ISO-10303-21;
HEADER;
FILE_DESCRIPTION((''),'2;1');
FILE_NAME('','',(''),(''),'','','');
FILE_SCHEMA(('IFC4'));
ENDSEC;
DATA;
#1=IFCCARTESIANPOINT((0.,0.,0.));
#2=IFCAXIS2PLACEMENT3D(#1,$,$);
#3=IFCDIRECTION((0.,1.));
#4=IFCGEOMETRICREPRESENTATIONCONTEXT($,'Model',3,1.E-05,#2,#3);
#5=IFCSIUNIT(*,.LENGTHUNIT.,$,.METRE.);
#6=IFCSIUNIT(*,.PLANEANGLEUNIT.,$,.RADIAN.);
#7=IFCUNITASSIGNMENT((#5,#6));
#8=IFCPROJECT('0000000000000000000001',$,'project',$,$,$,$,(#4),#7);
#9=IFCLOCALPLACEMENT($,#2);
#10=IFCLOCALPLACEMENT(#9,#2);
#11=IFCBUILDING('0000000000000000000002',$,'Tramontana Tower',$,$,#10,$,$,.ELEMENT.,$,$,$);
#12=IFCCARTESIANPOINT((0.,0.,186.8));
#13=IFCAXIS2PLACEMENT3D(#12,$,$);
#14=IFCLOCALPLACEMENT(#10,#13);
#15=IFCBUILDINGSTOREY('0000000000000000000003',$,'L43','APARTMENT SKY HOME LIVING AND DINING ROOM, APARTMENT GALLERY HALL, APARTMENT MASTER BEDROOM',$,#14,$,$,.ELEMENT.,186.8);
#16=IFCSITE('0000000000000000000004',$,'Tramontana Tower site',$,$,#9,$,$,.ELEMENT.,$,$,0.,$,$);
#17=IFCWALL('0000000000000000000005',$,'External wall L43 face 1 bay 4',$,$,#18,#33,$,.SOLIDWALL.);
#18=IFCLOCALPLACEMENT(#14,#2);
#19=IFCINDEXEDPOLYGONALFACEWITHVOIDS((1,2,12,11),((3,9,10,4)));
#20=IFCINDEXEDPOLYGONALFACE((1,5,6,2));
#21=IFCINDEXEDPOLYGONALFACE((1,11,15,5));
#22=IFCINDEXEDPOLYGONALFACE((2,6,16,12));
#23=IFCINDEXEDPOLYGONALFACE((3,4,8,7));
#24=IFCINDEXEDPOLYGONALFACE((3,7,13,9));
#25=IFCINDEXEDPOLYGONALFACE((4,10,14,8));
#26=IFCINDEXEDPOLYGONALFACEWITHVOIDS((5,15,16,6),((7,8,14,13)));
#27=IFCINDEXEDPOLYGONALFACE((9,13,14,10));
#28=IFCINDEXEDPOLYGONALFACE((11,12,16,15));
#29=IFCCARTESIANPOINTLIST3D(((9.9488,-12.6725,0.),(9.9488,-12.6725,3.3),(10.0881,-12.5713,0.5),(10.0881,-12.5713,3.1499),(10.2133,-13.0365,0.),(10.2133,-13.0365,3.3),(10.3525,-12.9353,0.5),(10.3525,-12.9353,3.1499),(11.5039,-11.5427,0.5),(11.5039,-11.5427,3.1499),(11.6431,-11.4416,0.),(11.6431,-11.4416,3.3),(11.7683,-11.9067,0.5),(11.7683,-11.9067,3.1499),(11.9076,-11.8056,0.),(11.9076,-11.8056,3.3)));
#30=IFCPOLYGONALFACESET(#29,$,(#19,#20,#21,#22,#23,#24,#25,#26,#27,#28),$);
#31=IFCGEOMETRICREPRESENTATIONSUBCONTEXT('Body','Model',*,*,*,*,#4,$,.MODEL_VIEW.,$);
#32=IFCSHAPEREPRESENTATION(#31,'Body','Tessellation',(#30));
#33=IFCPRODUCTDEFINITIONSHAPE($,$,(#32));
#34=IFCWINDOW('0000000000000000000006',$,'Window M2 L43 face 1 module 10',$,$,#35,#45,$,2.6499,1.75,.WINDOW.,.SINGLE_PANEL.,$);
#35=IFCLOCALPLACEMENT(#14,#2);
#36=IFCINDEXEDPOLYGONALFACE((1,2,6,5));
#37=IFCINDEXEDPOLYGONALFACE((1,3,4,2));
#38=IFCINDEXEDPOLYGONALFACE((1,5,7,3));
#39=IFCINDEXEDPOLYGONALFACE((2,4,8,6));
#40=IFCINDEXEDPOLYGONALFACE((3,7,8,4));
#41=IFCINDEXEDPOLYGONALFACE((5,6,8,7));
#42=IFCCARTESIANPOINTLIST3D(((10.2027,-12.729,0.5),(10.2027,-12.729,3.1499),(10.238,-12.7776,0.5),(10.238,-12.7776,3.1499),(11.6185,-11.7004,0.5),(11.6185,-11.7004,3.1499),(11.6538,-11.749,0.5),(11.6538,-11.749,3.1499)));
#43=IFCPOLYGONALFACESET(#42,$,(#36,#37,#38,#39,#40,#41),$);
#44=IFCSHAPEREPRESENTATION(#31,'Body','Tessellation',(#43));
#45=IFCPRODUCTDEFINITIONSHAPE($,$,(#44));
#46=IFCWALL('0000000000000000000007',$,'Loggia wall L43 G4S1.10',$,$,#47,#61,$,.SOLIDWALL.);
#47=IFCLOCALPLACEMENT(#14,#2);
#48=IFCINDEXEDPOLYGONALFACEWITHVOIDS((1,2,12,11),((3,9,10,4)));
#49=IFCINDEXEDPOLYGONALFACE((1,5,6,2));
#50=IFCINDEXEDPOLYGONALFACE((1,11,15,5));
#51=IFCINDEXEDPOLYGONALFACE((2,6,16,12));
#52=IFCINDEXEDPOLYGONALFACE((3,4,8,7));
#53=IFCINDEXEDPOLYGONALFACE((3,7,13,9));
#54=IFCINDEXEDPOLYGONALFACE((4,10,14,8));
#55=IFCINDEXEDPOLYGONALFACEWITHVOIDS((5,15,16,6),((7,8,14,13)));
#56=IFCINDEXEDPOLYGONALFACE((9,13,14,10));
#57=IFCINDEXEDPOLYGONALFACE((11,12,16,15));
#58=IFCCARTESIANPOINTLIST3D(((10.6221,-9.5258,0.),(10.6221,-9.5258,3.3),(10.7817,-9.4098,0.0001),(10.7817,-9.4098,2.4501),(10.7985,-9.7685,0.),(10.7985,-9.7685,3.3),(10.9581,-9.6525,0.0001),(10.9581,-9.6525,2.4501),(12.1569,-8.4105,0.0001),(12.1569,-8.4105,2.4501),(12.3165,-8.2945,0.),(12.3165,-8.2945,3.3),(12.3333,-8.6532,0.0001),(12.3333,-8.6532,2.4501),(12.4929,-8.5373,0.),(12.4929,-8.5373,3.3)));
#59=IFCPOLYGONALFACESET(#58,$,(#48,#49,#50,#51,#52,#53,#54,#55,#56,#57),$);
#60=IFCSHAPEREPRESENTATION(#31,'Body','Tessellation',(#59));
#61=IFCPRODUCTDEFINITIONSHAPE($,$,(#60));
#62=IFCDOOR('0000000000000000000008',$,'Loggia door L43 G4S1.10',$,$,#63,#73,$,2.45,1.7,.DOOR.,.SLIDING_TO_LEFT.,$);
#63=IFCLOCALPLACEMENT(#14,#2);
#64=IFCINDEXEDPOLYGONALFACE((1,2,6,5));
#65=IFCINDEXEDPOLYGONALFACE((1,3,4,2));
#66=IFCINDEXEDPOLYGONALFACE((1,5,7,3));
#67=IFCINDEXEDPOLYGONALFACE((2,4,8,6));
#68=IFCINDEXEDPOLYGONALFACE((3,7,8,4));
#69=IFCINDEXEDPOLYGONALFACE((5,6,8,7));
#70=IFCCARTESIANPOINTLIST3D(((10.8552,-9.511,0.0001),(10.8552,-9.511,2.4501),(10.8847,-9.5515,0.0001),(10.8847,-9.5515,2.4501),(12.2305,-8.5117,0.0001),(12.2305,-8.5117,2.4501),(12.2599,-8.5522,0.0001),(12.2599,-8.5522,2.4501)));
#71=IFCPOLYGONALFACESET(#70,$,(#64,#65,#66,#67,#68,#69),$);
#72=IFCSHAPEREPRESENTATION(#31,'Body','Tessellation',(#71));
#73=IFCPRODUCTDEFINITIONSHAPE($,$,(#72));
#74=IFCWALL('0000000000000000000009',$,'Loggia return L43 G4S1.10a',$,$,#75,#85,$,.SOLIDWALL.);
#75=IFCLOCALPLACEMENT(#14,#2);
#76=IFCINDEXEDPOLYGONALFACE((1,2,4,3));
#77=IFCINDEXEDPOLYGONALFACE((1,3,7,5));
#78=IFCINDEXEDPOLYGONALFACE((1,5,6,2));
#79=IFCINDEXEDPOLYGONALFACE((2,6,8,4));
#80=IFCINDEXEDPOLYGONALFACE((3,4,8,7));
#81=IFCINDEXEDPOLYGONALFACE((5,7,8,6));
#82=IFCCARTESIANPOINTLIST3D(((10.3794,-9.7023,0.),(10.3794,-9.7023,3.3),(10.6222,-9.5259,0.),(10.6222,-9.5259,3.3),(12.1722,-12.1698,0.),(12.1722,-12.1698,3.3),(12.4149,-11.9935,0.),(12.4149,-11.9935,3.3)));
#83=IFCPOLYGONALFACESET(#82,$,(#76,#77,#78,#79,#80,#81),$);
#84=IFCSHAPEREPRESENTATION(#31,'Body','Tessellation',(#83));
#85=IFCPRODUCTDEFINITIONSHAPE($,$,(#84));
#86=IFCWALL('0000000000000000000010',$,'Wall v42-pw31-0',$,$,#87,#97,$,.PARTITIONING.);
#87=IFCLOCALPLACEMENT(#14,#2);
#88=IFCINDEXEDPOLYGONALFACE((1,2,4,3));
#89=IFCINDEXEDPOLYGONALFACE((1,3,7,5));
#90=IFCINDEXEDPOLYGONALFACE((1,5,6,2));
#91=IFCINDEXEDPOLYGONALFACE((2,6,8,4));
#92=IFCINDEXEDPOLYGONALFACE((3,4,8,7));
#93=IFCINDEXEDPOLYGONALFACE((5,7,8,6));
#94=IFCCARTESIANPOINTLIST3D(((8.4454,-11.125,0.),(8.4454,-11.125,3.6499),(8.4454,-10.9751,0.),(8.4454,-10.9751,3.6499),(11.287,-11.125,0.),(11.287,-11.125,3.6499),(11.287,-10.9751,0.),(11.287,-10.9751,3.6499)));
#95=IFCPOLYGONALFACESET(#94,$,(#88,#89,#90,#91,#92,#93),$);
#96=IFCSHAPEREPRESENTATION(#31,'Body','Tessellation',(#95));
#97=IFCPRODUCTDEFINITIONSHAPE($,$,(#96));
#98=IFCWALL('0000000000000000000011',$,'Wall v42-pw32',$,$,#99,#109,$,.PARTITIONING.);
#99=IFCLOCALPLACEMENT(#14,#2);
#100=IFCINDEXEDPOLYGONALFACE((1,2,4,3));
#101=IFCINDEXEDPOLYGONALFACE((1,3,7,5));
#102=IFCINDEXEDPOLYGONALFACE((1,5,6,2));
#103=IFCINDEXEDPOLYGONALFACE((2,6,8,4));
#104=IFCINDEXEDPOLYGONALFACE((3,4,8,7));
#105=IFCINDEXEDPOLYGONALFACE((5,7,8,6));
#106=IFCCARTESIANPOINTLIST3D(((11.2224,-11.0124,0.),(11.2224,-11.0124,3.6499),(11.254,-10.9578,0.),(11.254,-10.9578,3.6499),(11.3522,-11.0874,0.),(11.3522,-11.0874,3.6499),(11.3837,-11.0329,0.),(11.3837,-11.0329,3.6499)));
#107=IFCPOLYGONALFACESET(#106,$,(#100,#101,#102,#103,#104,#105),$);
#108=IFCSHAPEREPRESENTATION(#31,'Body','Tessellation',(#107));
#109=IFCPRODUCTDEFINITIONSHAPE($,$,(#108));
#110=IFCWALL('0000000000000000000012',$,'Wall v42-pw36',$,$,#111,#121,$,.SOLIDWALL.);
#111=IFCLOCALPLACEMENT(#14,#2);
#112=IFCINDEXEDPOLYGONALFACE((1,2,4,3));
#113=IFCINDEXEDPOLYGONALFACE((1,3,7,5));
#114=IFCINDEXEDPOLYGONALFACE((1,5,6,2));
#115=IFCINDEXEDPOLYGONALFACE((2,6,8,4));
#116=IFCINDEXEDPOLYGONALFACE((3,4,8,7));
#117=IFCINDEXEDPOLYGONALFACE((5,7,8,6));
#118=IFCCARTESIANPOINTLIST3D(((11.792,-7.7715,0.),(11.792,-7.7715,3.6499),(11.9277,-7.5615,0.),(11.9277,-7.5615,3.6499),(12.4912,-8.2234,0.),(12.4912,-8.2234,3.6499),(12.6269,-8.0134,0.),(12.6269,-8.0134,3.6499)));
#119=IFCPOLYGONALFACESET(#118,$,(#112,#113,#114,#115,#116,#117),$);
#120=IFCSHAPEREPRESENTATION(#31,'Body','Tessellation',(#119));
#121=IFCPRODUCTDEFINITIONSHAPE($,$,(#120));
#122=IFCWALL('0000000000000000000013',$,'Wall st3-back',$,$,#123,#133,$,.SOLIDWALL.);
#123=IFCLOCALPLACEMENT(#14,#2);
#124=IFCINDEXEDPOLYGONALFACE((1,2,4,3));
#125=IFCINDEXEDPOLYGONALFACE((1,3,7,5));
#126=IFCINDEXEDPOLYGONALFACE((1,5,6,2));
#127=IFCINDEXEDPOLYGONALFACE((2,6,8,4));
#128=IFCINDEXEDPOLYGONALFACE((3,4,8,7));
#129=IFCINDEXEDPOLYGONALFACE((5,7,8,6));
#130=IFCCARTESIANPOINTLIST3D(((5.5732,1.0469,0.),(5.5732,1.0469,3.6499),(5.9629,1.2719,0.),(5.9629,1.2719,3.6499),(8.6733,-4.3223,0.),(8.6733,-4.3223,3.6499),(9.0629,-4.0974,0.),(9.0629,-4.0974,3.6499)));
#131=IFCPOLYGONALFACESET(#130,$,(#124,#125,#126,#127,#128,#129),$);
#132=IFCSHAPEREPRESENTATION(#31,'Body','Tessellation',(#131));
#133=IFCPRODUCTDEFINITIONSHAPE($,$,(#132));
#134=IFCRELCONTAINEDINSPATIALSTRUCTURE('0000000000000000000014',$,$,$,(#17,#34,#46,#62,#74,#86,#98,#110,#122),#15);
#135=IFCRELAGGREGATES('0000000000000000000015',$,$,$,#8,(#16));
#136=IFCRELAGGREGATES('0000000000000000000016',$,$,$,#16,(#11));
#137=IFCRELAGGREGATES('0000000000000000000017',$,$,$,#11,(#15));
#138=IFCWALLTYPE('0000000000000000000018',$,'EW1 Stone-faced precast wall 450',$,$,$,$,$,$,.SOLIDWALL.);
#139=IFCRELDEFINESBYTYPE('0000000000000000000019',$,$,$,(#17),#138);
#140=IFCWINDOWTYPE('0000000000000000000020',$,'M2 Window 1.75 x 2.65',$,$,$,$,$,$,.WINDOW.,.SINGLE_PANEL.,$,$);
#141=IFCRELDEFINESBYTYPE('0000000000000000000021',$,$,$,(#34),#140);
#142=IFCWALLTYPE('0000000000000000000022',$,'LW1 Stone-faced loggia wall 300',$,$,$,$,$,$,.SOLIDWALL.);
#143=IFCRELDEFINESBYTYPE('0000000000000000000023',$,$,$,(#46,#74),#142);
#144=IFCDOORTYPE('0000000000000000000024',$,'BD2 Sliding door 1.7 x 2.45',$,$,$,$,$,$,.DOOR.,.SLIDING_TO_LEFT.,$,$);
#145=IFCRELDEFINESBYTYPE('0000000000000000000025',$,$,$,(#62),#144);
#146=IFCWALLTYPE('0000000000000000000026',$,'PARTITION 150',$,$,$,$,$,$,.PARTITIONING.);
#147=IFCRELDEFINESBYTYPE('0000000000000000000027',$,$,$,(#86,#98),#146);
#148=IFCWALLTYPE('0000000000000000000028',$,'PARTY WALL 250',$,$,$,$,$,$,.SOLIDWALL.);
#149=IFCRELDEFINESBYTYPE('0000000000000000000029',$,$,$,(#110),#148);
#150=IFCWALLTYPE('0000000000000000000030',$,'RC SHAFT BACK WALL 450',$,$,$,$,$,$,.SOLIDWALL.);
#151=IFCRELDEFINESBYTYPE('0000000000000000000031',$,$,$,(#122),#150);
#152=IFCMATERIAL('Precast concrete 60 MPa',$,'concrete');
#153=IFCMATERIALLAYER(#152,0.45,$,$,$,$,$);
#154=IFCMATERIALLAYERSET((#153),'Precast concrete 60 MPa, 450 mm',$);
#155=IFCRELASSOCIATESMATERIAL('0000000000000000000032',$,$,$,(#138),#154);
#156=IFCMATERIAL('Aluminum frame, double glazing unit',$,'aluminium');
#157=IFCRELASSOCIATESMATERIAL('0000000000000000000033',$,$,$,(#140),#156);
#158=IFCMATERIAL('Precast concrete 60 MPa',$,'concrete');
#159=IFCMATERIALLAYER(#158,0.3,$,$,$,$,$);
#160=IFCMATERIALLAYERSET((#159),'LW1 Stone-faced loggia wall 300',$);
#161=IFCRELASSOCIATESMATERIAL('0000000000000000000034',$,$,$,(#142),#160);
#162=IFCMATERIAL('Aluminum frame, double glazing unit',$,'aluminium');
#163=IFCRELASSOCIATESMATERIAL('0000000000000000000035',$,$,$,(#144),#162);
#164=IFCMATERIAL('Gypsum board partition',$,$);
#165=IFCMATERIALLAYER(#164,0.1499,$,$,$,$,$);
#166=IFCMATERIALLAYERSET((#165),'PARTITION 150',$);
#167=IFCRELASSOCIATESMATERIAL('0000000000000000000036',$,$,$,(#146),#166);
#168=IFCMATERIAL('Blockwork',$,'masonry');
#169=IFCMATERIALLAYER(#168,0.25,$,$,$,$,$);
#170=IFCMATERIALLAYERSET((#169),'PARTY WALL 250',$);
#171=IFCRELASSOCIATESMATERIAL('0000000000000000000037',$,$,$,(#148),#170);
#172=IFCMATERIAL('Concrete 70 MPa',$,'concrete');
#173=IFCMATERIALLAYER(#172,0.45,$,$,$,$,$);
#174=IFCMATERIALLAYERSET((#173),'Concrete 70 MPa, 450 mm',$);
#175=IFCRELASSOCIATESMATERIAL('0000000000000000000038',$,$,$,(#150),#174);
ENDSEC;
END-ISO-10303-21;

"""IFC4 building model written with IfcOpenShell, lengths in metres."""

from ifc_helpers import new_model, si_unit, direction, frame, frame_2d, origin, place, context, subcontext, project, spatial, rectangle, extrude, material, layer, layer_set, type_object, element, fill, save


model = new_model("IFC4")

# Units and contexts
model_context = context("Model", 3, precision=1e-05, world=origin(), true_north=direction((0.0, 1.0)))
body_context = subcontext(model_context, "Body", "Model", "MODEL_VIEW")
ifc_project = project(units=[si_unit("LENGTHUNIT", "METRE"), si_unit("PLANEANGLEUNIT", "RADIAN")], contexts=[model_context])

# Site, building, storey
site_placement = place(None, origin())
site = spatial("IfcSite", under=ifc_project, at=site_placement, Name="Tramontana Tower site", CompositionType="ELEMENT", RefElevation=0.0)
building_placement = place(site_placement, origin())
building = spatial("IfcBuilding", under=site, at=building_placement, Name="Tramontana Tower", CompositionType="ELEMENT")
storey_placement = place(building_placement, frame((0.0, 0.0, 186.8)))
storey = spatial("IfcBuildingStorey", under=building, at=storey_placement, Name="L43", Description="APARTMENT SKY HOME LIVING AND DINING ROOM, APARTMENT GALLERY HALL, APARTMENT MASTER BEDROOM", CompositionType="ELEMENT", Elevation=186.8)

# Wall, opening, window
ifc_material_1 = material(Name="Precast concrete 60 MPa", Category="concrete")
ifc_layer_1 = layer(ifc_material_1, 0.45)
ifc_layer_set_1 = layer_set([ifc_layer_1], Name="Precast concrete 60 MPa, 450 mm")
wall_type_1 = type_object("IfcWallType", Name="EW1 Stone-faced precast wall 450", PredefinedType="SOLIDWALL", material=ifc_layer_set_1)
wall_1_placement = place(storey_placement, frame((10.0811, -12.8545, 0.0), z_axis=(0.0, 0.0, 1.0), x_axis=(0.809028, 0.58777, 0.0)))
wall_1 = element("IfcWall", 1, at=wall_1_placement, inside=storey, type_object=wall_type_1, Name="External wall L43 face 1 bay 4", PredefinedType="SOLIDWALL", context=body_context, shape_type="SweptSolid", body=[
    extrude(rectangle(XDim=2.0942, YDim=0.45, at=frame_2d((1.0471, 0.0))), origin(), (0.0, 0.0, 1.0), 3.3),
])
opening_1_placement = place(wall_1_placement, frame((0.1721, 0.0, 0.5)))
opening_1 = element("IfcOpeningElement", 2, at=opening_1_placement, cuts=wall_1, PredefinedType="OPENING", context=body_context, shape_type="SweptSolid", body=[
    extrude(rectangle(XDim=1.75, YDim=2.6499, at=frame_2d((0.875, 1.325))), frame((0.0, 0.2349, 0.0), z_axis=(0.0, -1.0, 0.0), x_axis=(1.0, 0.0, 0.0)), (0.0, 0.0, 1.0), 0.47),
])
ifc_material_2 = material(Name="Aluminum frame, double glazing unit", Category="aluminium")
window_type = type_object("IfcWindowType", Name="M2 Window 1.75 x 2.65", PartitioningType="SINGLE_PANEL", PredefinedType="WINDOW", material=ifc_material_2)
window_placement = place(opening_1_placement, origin())
window = element("IfcWindow", 3, at=window_placement, inside=storey, type_object=window_type, Name="Window M2 L43 face 1 module 10", OverallHeight=2.6499, OverallWidth=1.75, PartitioningType="SINGLE_PANEL", PredefinedType="WINDOW", context=body_context, shape_type="SweptSolid", body=[
    extrude(rectangle(XDim=1.75, YDim=2.6499, at=frame_2d((0.875, 1.325))), frame((0.0, 0.03, 0.0), z_axis=(0.0, -1.0, 0.0), x_axis=(1.0, 0.0, 0.0)), (0.0, 0.0, 1.0), 0.0601),
])
fill(opening_1, window)

# Wall, opening, door
ifc_material_3 = material(Name="Precast concrete 60 MPa", Category="concrete")
ifc_layer_2 = layer(ifc_material_3, 0.3)
ifc_layer_set_2 = layer_set([ifc_layer_2], Name="LW1 Stone-faced loggia wall 300")
wall_type_2 = type_object("IfcWallType", Name="LW1 Stone-faced loggia wall 300", PredefinedType="SOLIDWALL", material=ifc_layer_set_2)
wall_2_placement = place(storey_placement, frame((10.7102, -9.6472, 0.0), z_axis=(0.0, 0.0, 1.0), x_axis=(0.808973, 0.587846, 0.0)))
wall_2 = element("IfcWall", 4, at=wall_2_placement, inside=storey, type_object=wall_type_2, Name="Loggia wall L43 G4S1.10", PredefinedType="SOLIDWALL", context=body_context, shape_type="SweptSolid", body=[
    extrude(rectangle(XDim=2.0945, YDim=0.3, at=frame_2d((1.0474, 0.0))), origin(), (0.0, 0.0, 1.0), 3.3),
])
opening_2_placement = place(wall_2_placement, frame((0.1973, 0.0, 0.0)))
opening_2 = element("IfcOpeningElement", 5, at=opening_2_placement, cuts=wall_2, PredefinedType="OPENING", context=body_context, shape_type="SweptSolid", body=[
    extrude(rectangle(XDim=1.7, YDim=2.45, at=frame_2d((0.8501, 1.2251))), frame((0.0, 0.1599, 0.0), z_axis=(0.0, -1.0, 0.0), x_axis=(1.0, 0.0, 0.0)), (0.0, 0.0, 1.0), 0.3201),
])
ifc_material_4 = material(Name="Aluminum frame, double glazing unit", Category="aluminium")
door_type_1 = type_object("IfcDoorType", Name="BD2 Sliding door 1.7 x 2.45", OperationType="SLIDING_TO_LEFT", PredefinedType="DOOR", material=ifc_material_4)
door_1_placement = place(opening_2_placement, origin())
door_1 = element("IfcDoor", 6, at=door_1_placement, inside=storey, type_object=door_type_1, Name="Loggia door L43 G4S1.10", OperationType="SLIDING_TO_LEFT", OverallHeight=2.45, OverallWidth=1.7, PredefinedType="DOOR", context=body_context, shape_type="SweptSolid", body=[
    extrude(rectangle(XDim=1.7, YDim=2.45, at=frame_2d((0.8501, 1.2251))), frame((0.0, 0.0249, 0.0), z_axis=(0.0, -1.0, 0.0), x_axis=(1.0, 0.0, 0.0)), (0.0, 0.0, 1.0), 0.05),
])
fill(opening_2, door_1)

# Walls
wall_3_placement = place(storey_placement, frame((12.2935, -12.0815, 0.0), z_axis=(0.0, 0.0, 1.0), x_axis=(-0.587777, 0.809023, 0.0)))
element("IfcWall", 7, at=wall_3_placement, inside=storey, type_object=wall_type_2, Name="Loggia return L43 G4S1.10a", PredefinedType="SOLIDWALL", context=body_context, shape_type="SweptSolid", body=[
    extrude(rectangle(XDim=3.05, YDim=0.3, at=frame_2d((1.5249, 0.0))), origin(), (0.0, 0.0, 1.0), 3.3),
])
ifc_material_5 = material(Name="Gypsum board partition")
ifc_layer_3 = layer(ifc_material_5, 0.1499)
ifc_layer_set_3 = layer_set([ifc_layer_3], Name="PARTITION 150")
wall_type_3 = type_object("IfcWallType", Name="PARTITION 150", PredefinedType="PARTITIONING", material=ifc_layer_set_3)
wall_4_placement = place(storey_placement, frame((11.2871, -11.05, 0.0), z_axis=(0.0, 0.0, 1.0), x_axis=(-1.0, 0.0, 0.0)))
element("IfcWall", 8, at=wall_4_placement, inside=storey, type_object=wall_type_3, Name="Wall v42-pw31-0", PredefinedType="PARTITIONING", context=body_context, shape_type="SweptSolid", body=[
    extrude(rectangle(XDim=2.8416, YDim=0.1499, at=frame_2d((1.4209, 0.0))), origin(), (0.0, 0.0, 1.0), 3.6499),
])

# Wall
wall_5_placement = place(storey_placement, frame((11.3188, -10.9954, 0.0), z_axis=(0.0, 0.0, 1.0), x_axis=(-0.50073, -0.865603, 0.0)))
element("IfcWall", 9, at=wall_5_placement, inside=storey, type_object=wall_type_3, Name="Wall v42-pw32", PredefinedType="PARTITIONING", context=body_context, shape_type="SweptSolid", body=[
    extrude(rectangle(XDim=0.063, YDim=0.1499, at=frame_2d((0.0315, 0.0))), origin(), (0.0, 0.0, 1.0), 3.6499),
])

# Walls
ifc_material_6 = material(Name="Blockwork", Category="masonry")
ifc_layer_4 = layer(ifc_material_6, 0.25)
ifc_layer_set_4 = layer_set([ifc_layer_4], Name="PARTY WALL 250")
wall_type_4 = type_object("IfcWallType", Name="PARTY WALL 250", PredefinedType="SOLIDWALL", material=ifc_layer_set_4)
wall_6_placement = place(storey_placement, frame((11.8599, -7.6665, 0.0), z_axis=(0.0, 0.0, 1.0), x_axis=(0.839861, -0.542801, 0.0)))
element("IfcWall", 10, at=wall_6_placement, inside=storey, type_object=wall_type_4, Name="Wall v42-pw36", PredefinedType="SOLIDWALL", context=body_context, shape_type="SweptSolid", body=[
    extrude(rectangle(XDim=0.8325, YDim=0.25, at=frame_2d((0.4163, 0.0))), origin(), (0.0, 0.0, 1.0), 3.6499),
])
ifc_material_7 = material(Name="Concrete 70 MPa", Category="concrete")
ifc_layer_5 = layer(ifc_material_7, 0.45)
ifc_layer_set_5 = layer_set([ifc_layer_5], Name="Concrete 70 MPa, 450 mm")
wall_type_5 = type_object("IfcWallType", Name="RC SHAFT BACK WALL 450", PredefinedType="SOLIDWALL", material=ifc_layer_set_5)
wall_7_placement = place(storey_placement, frame((8.8682, -4.21, 0.0), z_axis=(0.0, 0.0, 1.0), x_axis=(-0.50001, 0.86602, 0.0)))
element("IfcWall", 11, at=wall_7_placement, inside=storey, type_object=wall_type_5, Name="Wall st3-back", PredefinedType="SOLIDWALL", context=body_context, shape_type="SweptSolid", body=[
    extrude(rectangle(XDim=6.2, YDim=0.45, at=frame_2d((3.1001, 0.0))), origin(), (0.0, 0.0, 1.0), 3.6499),
])

save(model, "model.ifc")
